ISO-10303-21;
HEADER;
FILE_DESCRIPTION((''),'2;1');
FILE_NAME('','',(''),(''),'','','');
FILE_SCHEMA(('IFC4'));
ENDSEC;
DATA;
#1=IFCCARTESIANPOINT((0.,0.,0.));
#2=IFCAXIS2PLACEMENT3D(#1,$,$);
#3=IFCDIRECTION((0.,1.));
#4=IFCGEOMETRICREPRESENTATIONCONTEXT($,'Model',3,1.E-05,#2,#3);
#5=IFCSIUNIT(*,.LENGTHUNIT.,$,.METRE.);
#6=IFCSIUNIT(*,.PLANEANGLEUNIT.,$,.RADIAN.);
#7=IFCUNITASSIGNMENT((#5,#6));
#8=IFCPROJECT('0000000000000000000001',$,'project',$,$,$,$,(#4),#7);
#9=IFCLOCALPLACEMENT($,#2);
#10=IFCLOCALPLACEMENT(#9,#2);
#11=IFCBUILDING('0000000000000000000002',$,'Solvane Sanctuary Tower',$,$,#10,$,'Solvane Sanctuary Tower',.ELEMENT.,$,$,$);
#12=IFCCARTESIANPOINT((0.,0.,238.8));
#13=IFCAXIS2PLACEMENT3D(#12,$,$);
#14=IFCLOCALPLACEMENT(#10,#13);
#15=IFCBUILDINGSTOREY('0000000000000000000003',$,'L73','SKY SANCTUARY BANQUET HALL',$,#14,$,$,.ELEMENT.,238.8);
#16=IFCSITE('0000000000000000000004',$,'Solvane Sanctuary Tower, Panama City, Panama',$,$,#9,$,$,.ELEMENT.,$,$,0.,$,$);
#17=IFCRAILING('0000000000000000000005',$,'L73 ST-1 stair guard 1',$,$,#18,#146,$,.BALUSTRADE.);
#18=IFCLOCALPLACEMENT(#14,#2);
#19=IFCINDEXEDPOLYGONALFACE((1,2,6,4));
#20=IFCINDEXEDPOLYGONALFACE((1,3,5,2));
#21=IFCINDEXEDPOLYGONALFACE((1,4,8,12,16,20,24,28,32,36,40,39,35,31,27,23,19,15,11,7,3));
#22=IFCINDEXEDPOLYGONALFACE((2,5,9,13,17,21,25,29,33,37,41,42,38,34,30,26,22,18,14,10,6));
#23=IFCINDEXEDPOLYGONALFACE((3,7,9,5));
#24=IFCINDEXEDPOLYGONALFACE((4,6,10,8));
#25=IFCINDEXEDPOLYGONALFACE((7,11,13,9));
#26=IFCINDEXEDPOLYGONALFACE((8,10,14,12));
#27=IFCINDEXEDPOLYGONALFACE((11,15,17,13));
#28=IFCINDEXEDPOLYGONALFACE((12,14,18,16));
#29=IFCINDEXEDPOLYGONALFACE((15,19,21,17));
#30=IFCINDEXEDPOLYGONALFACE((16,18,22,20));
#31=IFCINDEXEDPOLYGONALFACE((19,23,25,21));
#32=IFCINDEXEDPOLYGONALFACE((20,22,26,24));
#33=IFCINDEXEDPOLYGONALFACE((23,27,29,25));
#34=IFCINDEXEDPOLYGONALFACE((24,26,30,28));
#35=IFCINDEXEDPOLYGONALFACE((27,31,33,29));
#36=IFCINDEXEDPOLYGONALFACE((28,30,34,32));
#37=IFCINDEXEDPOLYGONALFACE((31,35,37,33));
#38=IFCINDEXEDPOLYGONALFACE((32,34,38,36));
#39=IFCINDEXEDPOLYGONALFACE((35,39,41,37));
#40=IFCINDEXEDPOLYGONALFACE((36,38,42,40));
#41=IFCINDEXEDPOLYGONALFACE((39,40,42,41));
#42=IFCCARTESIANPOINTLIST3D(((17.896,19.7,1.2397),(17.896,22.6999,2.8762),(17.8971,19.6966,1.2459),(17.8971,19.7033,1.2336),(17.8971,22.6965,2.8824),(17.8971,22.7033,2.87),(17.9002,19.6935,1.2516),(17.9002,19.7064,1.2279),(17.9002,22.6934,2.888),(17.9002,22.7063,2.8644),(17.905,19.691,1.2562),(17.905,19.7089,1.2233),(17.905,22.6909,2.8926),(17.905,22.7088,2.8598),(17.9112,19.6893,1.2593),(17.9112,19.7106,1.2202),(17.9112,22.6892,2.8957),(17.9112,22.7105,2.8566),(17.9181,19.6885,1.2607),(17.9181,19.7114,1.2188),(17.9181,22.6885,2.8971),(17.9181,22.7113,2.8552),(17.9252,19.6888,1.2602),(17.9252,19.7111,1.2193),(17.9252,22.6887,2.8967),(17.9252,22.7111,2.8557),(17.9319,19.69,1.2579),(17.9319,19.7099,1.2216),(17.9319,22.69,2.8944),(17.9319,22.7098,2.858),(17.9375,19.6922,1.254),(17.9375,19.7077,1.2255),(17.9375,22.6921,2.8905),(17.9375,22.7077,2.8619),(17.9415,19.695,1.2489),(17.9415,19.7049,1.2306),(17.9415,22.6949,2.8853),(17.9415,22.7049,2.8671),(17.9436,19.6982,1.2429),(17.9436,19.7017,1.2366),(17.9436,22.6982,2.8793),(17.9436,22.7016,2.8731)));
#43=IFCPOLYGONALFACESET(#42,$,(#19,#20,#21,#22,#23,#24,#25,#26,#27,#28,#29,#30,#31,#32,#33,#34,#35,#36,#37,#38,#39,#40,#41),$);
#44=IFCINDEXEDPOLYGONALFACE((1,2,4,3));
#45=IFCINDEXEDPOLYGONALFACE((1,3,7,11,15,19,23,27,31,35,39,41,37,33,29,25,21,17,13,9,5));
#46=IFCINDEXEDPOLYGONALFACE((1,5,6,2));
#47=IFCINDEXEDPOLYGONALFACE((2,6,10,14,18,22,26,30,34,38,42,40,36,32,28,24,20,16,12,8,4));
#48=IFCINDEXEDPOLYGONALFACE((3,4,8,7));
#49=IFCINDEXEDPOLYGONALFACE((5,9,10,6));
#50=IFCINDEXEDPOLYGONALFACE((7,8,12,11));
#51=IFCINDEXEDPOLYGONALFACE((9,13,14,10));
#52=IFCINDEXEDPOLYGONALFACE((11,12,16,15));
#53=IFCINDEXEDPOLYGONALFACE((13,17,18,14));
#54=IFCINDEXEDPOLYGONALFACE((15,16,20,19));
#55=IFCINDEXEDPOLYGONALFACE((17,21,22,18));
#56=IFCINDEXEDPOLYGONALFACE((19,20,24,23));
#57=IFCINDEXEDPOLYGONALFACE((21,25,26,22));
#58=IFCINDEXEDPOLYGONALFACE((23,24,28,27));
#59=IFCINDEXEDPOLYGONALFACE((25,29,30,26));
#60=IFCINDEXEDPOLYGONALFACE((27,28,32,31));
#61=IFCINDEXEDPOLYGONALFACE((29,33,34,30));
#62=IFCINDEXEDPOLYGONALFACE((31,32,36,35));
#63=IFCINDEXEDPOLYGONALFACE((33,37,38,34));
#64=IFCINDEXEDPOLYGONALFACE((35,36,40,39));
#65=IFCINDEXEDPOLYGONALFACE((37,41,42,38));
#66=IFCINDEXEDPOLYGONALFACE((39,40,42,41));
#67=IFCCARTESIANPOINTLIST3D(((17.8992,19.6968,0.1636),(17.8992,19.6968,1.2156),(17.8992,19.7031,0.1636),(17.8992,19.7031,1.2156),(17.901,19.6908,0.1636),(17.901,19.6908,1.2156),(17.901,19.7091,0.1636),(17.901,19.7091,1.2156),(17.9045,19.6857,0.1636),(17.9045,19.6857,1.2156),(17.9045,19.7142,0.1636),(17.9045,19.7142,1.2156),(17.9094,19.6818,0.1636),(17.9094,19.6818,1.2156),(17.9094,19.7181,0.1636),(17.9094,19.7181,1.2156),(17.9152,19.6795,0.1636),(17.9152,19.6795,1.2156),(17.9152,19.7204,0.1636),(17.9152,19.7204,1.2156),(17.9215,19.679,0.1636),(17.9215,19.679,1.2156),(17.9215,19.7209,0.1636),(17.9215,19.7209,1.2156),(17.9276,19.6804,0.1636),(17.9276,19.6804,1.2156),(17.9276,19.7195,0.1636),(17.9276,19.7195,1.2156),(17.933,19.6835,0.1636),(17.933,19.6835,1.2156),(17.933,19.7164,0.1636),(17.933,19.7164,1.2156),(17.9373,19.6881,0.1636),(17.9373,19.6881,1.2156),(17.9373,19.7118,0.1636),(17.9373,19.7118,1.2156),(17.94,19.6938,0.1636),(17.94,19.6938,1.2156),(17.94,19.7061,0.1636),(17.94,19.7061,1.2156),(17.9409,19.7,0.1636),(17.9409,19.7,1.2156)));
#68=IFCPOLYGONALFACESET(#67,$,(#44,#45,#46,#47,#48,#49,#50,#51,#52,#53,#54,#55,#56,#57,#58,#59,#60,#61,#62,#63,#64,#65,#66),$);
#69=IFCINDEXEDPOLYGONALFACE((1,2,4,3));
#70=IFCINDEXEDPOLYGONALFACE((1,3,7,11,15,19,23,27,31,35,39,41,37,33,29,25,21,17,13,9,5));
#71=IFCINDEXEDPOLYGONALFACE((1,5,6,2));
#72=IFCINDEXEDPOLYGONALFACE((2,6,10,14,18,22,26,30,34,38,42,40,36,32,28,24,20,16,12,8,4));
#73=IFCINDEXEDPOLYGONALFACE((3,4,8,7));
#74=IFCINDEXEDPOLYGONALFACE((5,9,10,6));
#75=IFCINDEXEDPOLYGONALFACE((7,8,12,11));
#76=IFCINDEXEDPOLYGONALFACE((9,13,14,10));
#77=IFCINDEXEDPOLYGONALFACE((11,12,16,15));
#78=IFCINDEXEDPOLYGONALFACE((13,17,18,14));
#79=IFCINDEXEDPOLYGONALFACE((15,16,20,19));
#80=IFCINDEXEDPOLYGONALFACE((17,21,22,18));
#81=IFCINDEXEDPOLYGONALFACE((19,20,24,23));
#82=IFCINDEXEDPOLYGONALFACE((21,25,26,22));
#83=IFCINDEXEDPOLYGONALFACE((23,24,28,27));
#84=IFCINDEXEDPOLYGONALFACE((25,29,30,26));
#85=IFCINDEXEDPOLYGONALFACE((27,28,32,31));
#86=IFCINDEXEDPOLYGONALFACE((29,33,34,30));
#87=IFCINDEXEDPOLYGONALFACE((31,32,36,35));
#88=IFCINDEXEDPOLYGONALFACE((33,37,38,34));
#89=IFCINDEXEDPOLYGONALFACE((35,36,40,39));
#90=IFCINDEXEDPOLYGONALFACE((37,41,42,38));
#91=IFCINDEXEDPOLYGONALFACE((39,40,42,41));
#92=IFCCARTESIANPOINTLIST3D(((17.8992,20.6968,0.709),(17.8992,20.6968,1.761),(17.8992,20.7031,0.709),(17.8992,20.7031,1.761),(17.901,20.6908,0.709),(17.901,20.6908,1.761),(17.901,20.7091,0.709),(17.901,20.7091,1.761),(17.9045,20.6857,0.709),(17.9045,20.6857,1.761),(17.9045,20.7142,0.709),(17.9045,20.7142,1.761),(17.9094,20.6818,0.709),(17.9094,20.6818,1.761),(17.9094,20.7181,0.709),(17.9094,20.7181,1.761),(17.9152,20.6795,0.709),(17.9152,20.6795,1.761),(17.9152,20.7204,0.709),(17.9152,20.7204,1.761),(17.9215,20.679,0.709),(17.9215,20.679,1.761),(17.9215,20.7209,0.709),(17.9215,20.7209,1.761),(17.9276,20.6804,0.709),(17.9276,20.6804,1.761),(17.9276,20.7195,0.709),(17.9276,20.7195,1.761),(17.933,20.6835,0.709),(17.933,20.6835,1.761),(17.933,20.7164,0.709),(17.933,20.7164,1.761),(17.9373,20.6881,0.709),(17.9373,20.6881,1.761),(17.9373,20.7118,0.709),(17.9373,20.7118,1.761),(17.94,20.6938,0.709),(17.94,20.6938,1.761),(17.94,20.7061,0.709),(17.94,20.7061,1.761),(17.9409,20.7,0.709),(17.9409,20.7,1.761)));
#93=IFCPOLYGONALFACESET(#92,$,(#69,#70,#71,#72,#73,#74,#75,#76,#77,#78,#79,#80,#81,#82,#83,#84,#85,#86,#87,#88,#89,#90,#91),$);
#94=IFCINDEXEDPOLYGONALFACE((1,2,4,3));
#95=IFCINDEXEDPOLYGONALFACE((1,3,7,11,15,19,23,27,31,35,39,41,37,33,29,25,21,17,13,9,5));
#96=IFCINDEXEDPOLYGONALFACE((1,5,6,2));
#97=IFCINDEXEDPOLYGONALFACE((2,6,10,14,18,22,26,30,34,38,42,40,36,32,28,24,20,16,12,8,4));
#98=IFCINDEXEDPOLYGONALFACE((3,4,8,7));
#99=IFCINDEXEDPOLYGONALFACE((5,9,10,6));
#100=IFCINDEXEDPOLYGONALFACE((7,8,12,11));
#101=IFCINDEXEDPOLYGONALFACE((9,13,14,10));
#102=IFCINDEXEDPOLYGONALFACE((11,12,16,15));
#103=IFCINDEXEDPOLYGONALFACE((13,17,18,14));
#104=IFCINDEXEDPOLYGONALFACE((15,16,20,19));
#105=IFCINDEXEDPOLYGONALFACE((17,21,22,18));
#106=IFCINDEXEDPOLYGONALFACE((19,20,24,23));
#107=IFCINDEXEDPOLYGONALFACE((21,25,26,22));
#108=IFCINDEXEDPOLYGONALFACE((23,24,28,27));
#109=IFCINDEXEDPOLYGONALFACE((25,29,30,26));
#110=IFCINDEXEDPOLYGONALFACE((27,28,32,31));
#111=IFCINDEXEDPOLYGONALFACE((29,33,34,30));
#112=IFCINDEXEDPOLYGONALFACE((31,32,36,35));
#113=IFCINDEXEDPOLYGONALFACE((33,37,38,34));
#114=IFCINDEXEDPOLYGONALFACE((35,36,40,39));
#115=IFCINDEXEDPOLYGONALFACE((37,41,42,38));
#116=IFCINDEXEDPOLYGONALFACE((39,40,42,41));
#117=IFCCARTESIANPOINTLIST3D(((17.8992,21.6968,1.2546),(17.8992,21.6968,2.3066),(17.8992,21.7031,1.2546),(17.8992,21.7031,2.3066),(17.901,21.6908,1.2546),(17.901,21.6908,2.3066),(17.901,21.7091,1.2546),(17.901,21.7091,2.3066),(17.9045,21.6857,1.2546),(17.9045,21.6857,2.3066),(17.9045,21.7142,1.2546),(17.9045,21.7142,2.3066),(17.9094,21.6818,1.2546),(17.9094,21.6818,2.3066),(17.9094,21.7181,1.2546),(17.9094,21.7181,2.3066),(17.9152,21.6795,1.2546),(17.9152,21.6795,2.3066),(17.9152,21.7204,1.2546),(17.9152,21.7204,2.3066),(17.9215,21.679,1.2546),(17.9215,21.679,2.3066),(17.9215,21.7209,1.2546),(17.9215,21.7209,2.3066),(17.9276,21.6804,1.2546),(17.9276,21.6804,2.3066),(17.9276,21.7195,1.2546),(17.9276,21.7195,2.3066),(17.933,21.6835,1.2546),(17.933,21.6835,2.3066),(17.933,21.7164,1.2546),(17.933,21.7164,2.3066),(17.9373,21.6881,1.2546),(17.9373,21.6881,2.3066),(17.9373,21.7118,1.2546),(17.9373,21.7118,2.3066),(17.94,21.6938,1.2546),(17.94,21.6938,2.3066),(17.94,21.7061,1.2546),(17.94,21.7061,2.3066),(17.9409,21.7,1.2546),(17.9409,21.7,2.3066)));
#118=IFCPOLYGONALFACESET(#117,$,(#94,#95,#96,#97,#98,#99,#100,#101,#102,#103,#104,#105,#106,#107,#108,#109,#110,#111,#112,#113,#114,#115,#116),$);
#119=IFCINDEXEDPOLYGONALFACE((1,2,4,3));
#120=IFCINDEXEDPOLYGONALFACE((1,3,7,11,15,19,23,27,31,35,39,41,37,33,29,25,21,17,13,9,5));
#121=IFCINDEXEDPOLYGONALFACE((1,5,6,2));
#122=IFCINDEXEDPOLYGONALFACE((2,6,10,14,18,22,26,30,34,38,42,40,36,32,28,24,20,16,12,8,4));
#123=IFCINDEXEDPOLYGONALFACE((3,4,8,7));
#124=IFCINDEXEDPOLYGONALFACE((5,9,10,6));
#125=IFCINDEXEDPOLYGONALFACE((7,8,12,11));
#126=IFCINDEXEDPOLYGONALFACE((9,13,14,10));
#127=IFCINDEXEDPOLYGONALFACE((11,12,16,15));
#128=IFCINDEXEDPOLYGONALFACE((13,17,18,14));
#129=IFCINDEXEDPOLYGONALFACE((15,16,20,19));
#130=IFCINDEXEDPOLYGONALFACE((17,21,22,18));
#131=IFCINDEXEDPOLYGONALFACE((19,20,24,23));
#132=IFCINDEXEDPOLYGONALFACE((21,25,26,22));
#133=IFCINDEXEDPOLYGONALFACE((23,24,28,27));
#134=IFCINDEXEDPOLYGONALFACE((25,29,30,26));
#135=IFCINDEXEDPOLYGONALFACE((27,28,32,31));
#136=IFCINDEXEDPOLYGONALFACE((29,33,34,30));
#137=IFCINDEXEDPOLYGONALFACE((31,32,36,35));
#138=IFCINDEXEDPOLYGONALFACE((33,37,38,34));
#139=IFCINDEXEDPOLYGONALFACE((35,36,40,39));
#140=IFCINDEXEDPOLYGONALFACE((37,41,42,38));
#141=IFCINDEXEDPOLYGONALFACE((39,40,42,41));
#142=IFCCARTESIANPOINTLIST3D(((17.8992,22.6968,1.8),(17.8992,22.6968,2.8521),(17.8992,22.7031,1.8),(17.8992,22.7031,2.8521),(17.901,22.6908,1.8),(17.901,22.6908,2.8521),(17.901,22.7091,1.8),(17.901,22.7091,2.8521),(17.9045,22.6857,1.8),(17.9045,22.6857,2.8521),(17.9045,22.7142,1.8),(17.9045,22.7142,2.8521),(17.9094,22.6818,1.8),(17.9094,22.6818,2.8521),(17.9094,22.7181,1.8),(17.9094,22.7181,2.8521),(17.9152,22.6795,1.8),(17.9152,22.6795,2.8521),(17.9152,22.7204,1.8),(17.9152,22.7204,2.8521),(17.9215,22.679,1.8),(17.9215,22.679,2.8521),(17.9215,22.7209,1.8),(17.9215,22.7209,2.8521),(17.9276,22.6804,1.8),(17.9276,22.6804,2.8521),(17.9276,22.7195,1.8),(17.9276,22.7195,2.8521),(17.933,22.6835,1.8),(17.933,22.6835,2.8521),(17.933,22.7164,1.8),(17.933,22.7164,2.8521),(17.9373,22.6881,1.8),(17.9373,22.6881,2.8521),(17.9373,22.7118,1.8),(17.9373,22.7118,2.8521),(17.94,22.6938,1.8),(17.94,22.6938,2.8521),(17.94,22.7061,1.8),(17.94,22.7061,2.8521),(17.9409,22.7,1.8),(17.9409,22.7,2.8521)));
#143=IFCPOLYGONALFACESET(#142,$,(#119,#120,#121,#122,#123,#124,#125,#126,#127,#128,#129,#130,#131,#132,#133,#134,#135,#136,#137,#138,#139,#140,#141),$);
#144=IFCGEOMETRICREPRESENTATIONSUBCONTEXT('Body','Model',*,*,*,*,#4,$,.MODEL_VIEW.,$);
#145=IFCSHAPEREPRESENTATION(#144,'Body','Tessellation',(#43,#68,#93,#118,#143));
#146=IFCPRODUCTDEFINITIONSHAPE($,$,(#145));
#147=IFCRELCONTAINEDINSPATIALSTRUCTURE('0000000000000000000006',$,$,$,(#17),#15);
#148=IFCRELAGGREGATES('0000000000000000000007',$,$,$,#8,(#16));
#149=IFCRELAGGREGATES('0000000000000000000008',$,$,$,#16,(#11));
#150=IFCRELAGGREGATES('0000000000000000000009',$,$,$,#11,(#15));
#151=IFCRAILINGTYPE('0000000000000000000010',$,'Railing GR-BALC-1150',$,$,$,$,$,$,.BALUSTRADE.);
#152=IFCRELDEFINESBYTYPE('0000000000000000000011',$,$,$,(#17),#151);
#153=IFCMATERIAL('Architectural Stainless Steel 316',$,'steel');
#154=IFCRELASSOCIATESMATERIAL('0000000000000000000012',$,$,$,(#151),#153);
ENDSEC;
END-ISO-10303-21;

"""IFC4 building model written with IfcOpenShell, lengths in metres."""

from ifc_helpers import new_model, si_unit, direction, frame, origin, origin_2d, place, context, subcontext, project, spatial, circle, extrude, material, type_object, element, save


model = new_model("IFC4")

# Units and contexts
model_context = context("Model", 3, precision=1e-05, world=origin(), true_north=direction((0.0, 1.0)))
body_context = subcontext(model_context, "Body", "Model", "MODEL_VIEW")
ifc_project = project(units=[si_unit("LENGTHUNIT", "METRE"), si_unit("PLANEANGLEUNIT", "RADIAN")], contexts=[model_context])

# Site, building, storey
site_placement = place(None, origin())
site = spatial("IfcSite", under=ifc_project, at=site_placement, Name="Solvane Sanctuary Tower, Panama City, Panama", CompositionType="ELEMENT", RefElevation=0.0)
building_placement = place(site_placement, origin())
building = spatial("IfcBuilding", under=site, at=building_placement, Name="Solvane Sanctuary Tower", LongName="Solvane Sanctuary Tower", CompositionType="ELEMENT")
storey_placement = place(building_placement, frame((0.0, 0.0, 238.8)))
storey = spatial("IfcBuildingStorey", under=building, at=storey_placement, Name="L73", Description="SKY SANCTUARY BANQUET HALL", CompositionType="ELEMENT", Elevation=238.8)

# Shared definitions
ifc_material_1 = material(Name="Architectural Stainless Steel 316", Category="steel")

# Railing
railing_type_1 = type_object("IfcRailingType", Name="Railing GR-BALC-1150", PredefinedType="BALUSTRADE", material=ifc_material_1)
railing_1_placement = place(storey_placement, frame((17.9199, 19.7, 0.1636)))
element("IfcRailing", 1, at=railing_1_placement, inside=storey, type_object=railing_type_1, Name="L73 ST-1 stair guard 1", PredefinedType="BALUSTRADE", context=body_context, shape_type="SweptSolid", body=[
    extrude(circle(Radius=0.0239, at=origin_2d()), frame((0.0, 0.0, 1.0762), z_axis=(0.0, 0.877882, 0.478877), x_axis=(-1.0, 0.0, 0.0)), (0.0, 0.0, 1.0), 3.4172),
    extrude(circle(Radius=0.021, at=origin_2d()), origin(), (0.0, 0.0, 1.0), 1.052),
    extrude(circle(Radius=0.021, at=origin_2d()), frame((0.0, 1.0, 0.5454)), (0.0, 0.0, 1.0), 1.052),
    extrude(circle(Radius=0.021, at=origin_2d()), frame((0.0, 2.0, 1.0911)), (0.0, 0.0, 1.0), 1.052),
    extrude(circle(Radius=0.021, at=origin_2d()), frame((0.0, 3.0, 1.6365)), (0.0, 0.0, 1.0), 1.052),
])

save(model, "model.ifc")
